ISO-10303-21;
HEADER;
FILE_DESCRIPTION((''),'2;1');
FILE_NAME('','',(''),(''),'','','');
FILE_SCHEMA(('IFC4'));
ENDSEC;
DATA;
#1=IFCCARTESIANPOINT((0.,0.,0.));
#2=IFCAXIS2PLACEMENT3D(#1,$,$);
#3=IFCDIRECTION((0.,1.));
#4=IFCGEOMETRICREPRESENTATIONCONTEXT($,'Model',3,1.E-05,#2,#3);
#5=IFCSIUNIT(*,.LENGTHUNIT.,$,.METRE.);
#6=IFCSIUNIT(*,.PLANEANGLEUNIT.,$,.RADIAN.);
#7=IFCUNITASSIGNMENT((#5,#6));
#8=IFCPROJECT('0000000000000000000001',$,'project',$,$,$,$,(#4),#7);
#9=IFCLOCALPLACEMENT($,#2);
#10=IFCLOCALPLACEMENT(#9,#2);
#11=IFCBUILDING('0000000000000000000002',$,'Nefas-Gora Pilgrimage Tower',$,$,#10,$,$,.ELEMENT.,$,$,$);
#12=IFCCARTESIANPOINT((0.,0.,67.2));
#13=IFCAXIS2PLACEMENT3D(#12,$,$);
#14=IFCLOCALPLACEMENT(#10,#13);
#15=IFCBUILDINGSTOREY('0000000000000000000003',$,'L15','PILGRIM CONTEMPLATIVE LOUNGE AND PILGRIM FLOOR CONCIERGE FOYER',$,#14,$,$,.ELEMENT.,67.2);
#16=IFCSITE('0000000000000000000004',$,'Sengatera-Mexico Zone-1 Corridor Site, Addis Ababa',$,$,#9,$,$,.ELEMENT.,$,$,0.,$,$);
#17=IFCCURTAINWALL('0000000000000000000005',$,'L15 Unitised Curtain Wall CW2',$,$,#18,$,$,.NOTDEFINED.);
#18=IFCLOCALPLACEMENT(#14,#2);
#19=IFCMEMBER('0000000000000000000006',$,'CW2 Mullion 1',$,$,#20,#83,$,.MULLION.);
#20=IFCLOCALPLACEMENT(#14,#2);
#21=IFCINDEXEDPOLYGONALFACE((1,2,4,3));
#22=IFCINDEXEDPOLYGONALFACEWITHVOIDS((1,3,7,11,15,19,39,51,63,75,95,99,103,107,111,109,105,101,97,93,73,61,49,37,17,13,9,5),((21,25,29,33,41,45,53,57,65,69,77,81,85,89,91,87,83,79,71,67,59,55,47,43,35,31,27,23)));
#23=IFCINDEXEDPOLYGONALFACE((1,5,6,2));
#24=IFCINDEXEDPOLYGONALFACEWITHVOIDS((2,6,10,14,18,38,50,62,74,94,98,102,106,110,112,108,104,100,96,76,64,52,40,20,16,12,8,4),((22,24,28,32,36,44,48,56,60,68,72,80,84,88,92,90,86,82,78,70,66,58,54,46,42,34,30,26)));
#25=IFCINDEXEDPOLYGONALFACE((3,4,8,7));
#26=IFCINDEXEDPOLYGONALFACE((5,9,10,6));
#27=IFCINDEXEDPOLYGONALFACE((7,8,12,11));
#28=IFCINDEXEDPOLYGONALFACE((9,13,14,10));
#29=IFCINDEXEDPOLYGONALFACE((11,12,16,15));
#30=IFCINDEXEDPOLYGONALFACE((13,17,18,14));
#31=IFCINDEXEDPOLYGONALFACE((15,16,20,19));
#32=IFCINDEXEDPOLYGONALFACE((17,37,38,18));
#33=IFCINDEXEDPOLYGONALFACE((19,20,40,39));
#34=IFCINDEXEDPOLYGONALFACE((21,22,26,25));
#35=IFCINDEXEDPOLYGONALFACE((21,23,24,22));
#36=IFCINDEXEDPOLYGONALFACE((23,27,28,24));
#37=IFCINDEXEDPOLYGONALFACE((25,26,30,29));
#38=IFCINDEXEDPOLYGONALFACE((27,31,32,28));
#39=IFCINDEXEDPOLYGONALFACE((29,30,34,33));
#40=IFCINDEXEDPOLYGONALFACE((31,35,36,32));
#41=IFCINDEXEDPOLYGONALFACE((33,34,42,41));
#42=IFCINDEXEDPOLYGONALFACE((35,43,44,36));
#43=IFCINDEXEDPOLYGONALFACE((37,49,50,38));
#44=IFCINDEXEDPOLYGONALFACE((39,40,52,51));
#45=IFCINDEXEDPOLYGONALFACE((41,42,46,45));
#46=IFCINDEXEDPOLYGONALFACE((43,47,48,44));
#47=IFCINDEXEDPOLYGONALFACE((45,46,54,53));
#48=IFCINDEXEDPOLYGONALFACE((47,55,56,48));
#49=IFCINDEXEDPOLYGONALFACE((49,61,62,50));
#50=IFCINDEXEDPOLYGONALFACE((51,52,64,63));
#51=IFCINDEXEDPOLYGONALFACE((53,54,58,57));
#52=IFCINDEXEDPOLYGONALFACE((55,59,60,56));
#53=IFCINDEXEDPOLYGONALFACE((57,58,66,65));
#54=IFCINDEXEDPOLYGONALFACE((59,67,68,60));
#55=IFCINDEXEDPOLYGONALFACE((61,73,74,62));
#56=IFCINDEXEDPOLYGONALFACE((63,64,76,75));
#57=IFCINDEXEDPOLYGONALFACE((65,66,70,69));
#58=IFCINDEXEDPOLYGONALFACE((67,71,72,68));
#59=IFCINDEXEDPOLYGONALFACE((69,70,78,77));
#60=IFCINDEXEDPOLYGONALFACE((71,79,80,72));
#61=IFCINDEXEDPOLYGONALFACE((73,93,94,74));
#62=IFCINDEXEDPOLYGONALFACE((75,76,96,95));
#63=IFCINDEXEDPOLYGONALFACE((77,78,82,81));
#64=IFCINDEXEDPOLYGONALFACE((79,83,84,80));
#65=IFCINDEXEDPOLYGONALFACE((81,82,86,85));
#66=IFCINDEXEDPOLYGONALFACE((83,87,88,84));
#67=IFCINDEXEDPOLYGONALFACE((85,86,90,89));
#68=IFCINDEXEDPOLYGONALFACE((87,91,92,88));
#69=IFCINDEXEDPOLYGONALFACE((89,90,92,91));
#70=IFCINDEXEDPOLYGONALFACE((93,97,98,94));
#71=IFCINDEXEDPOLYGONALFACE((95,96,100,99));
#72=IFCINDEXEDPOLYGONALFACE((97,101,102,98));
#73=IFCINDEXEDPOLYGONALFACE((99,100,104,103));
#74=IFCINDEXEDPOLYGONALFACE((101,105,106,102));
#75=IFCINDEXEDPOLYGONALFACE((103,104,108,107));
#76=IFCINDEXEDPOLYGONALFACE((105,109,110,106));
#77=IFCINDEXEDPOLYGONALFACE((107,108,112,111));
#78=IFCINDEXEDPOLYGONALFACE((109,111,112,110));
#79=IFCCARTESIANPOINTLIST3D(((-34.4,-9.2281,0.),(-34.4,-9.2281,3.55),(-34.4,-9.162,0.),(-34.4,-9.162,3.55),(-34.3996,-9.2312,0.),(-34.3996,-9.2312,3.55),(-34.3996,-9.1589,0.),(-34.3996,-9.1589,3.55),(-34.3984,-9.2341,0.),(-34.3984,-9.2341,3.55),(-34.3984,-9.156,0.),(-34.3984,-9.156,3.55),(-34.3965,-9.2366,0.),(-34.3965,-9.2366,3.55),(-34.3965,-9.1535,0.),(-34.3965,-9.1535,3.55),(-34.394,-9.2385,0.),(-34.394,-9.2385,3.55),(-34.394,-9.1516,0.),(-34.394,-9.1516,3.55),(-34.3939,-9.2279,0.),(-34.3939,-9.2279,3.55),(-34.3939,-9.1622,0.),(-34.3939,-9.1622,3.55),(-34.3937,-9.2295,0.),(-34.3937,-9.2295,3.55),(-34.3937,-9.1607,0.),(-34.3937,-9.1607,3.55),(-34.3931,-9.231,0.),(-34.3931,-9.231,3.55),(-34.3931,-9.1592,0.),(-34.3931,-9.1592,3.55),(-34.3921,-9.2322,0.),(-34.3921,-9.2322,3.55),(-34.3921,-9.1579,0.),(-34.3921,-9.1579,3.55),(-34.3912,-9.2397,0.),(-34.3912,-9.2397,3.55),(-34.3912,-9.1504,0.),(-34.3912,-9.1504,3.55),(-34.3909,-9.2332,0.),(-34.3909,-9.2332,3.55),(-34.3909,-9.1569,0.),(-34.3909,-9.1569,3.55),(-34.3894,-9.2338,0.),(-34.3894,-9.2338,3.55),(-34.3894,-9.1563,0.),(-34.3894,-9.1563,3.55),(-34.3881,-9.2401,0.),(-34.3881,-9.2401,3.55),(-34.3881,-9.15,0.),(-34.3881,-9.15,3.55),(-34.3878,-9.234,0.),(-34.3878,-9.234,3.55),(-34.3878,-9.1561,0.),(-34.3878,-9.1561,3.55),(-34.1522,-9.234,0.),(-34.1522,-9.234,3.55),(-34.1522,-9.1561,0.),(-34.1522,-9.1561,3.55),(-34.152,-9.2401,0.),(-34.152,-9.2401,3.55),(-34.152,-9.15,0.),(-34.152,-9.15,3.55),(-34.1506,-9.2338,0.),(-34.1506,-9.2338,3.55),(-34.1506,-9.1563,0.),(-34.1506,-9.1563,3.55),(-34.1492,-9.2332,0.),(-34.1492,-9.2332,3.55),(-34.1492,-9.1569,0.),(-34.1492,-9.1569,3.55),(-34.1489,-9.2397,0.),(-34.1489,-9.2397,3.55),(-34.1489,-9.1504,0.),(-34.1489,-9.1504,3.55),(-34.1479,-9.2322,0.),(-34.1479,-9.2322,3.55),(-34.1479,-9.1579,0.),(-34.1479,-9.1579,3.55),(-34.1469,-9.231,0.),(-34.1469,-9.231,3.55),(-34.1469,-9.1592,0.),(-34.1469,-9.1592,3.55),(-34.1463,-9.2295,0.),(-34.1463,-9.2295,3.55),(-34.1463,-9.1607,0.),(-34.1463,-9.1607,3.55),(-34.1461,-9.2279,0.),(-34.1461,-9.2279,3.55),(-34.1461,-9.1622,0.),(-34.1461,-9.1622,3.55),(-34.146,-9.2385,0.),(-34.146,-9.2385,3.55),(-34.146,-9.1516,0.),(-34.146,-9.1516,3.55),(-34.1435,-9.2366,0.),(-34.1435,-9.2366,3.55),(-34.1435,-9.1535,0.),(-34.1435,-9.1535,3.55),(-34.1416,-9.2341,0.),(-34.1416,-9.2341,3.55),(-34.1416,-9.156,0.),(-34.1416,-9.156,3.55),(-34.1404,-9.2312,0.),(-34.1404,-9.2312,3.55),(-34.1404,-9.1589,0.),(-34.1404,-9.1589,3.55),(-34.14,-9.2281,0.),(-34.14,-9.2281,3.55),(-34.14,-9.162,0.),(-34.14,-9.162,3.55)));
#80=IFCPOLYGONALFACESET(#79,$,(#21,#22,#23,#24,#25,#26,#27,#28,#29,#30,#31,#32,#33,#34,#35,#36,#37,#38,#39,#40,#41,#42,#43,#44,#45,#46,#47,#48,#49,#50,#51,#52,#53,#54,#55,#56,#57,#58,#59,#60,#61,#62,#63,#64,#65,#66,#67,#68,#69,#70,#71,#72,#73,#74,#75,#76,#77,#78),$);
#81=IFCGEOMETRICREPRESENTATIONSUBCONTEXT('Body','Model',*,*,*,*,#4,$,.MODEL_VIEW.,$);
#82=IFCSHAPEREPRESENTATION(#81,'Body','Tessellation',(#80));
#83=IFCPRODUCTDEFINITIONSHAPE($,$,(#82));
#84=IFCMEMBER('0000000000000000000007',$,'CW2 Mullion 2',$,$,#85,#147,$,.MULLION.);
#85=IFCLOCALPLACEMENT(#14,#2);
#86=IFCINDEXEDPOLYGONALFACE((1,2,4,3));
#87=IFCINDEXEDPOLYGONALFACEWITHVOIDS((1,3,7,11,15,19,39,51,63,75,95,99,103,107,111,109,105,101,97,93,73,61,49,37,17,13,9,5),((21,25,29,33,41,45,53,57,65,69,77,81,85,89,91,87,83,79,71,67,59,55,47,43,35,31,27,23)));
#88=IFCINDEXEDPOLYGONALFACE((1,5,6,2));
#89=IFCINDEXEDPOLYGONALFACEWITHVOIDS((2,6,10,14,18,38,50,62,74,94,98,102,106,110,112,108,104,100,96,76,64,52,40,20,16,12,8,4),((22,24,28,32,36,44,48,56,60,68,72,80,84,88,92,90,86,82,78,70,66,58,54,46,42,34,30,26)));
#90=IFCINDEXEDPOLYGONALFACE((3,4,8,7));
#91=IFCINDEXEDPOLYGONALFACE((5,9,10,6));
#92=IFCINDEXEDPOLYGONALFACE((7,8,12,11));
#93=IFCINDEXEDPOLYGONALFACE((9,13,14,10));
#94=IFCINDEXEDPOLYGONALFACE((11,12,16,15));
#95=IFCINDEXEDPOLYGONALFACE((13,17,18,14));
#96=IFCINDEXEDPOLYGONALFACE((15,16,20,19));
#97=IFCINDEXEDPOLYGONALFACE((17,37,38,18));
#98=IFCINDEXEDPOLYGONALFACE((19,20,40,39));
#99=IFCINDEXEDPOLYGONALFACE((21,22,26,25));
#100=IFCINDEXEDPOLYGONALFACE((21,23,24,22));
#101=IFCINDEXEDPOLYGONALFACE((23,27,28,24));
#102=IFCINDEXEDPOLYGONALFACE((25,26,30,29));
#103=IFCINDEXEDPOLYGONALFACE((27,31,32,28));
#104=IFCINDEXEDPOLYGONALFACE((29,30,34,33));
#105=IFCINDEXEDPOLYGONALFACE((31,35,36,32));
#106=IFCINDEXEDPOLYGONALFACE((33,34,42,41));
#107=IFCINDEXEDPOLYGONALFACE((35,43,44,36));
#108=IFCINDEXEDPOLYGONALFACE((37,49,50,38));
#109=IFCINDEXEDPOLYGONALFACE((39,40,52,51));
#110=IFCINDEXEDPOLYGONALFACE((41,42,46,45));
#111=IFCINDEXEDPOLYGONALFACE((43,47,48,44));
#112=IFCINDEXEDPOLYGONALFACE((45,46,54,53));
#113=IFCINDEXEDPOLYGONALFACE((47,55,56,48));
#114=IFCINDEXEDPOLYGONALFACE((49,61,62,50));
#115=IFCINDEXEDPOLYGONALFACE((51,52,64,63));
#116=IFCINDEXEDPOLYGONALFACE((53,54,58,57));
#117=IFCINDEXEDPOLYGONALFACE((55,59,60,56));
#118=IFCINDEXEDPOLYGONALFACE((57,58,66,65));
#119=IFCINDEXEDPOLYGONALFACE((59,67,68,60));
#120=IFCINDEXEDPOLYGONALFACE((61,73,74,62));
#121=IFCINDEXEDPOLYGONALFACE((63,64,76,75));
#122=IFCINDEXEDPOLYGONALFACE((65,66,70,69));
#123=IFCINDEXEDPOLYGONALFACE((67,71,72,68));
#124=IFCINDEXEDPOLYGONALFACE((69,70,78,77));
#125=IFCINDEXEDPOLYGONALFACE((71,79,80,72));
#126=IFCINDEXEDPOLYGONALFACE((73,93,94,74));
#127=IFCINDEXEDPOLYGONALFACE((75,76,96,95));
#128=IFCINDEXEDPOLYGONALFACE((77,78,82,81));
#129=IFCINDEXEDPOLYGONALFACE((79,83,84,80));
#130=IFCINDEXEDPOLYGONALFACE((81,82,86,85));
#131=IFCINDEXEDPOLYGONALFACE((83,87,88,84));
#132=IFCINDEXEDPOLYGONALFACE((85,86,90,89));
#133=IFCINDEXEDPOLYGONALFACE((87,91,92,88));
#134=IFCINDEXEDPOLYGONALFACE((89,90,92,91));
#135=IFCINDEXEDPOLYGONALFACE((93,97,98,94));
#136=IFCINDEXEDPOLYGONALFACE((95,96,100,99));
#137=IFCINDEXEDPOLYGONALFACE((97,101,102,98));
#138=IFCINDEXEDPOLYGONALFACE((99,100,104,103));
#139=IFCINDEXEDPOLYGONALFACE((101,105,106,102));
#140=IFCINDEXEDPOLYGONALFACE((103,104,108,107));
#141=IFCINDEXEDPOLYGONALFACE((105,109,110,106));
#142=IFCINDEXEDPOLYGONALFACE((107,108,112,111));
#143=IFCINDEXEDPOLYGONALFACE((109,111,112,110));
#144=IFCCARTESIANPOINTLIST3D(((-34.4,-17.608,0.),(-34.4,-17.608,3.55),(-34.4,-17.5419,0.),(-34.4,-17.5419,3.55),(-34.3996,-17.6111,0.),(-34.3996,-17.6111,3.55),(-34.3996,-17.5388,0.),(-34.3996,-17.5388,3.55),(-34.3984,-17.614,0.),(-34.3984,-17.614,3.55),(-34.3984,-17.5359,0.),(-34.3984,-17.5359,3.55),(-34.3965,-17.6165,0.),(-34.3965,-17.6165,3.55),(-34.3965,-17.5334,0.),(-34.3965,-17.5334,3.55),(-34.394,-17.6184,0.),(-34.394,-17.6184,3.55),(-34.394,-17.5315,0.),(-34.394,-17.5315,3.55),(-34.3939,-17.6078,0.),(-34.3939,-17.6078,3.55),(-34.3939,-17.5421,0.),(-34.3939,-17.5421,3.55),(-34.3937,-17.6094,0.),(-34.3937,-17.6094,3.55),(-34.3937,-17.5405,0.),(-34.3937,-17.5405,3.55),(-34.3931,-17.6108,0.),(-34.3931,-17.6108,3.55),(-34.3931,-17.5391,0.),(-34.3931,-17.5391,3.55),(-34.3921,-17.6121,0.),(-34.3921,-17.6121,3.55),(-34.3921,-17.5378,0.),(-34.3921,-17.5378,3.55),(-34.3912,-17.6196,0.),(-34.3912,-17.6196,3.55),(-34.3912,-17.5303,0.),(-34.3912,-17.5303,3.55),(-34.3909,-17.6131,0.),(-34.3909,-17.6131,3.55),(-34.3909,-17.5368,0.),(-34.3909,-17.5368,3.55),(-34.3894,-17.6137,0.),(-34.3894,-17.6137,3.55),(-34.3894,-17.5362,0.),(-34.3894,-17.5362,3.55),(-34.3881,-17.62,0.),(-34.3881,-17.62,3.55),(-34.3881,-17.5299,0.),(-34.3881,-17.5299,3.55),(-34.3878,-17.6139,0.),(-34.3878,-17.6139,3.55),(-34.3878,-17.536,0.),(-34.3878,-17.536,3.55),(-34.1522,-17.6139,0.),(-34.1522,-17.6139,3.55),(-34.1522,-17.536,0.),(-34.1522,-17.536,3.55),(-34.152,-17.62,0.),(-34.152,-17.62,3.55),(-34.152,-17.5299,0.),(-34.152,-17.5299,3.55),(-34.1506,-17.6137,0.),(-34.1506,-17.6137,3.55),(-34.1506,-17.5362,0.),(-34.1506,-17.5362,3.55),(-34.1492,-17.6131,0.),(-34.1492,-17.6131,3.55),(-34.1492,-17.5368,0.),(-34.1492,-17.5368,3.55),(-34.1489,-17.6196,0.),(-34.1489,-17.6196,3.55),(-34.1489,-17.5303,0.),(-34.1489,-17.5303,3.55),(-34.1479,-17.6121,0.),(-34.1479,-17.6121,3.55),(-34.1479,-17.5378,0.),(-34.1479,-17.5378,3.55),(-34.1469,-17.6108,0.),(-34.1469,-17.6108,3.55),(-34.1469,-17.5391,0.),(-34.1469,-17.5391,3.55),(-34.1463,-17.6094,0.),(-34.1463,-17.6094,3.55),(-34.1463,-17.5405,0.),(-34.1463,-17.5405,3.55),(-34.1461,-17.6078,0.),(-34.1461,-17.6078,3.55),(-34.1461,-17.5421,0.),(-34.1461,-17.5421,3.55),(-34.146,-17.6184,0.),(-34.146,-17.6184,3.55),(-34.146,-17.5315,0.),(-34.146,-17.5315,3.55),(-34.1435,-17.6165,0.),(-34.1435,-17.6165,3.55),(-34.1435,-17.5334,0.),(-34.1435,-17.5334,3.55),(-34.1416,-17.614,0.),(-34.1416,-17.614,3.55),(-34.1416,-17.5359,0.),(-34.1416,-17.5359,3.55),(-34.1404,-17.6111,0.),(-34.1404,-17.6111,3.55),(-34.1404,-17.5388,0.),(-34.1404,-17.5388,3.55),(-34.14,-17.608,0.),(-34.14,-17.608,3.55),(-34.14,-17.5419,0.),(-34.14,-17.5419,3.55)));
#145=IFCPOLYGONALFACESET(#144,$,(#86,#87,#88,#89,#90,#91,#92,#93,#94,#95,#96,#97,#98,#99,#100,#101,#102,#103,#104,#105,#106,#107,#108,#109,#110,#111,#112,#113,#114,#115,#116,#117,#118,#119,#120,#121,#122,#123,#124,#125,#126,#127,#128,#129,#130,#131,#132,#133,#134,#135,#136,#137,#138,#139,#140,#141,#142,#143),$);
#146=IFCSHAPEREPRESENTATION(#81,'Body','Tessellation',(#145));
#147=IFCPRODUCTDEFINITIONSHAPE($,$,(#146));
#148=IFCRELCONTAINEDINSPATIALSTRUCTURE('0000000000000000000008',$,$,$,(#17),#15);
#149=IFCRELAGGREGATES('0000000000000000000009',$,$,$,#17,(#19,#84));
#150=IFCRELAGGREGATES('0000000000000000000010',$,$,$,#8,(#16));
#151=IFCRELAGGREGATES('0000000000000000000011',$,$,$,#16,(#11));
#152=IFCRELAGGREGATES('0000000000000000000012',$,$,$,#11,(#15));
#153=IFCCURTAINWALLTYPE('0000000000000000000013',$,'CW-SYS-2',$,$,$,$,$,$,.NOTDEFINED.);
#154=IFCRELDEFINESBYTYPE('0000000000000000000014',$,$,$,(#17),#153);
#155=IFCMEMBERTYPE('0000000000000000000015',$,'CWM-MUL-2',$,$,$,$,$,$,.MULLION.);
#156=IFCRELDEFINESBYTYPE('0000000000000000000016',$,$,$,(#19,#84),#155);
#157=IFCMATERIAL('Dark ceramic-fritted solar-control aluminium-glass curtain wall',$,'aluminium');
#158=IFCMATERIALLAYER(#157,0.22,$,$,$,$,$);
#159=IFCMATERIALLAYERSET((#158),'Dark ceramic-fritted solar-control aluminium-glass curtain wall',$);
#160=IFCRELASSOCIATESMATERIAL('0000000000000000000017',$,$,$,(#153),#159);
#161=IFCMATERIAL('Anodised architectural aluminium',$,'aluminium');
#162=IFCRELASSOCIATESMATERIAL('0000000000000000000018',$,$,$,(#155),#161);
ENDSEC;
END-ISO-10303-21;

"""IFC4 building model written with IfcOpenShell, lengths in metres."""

from ifc_helpers import new_model, si_unit, direction, frame, origin, origin_2d, place, context, subcontext, project, spatial, hollow_rectangle, extrude, source, transform, mapped, material, layer, layer_set, material_profile, profile_set, type_object, element, aggregate, save


model = new_model("IFC4")

# Units and contexts
model_context = context("Model", 3, precision=1e-05, world=origin(), true_north=direction((0.0, 1.0)))
body_context = subcontext(model_context, "Body", "Model", "MODEL_VIEW")
ifc_project = project(units=[si_unit("LENGTHUNIT", "METRE"), si_unit("PLANEANGLEUNIT", "RADIAN")], contexts=[model_context])

# Site, building, storey
site_placement = place(None, origin())
site = spatial("IfcSite", under=ifc_project, at=site_placement, Name="Sengatera-Mexico Zone-1 Corridor Site, Addis Ababa", CompositionType="ELEMENT", RefElevation=0.0)
building_placement = place(site_placement, origin())
building = spatial("IfcBuilding", under=site, at=building_placement, Name="Nefas-Gora Pilgrimage Tower", CompositionType="ELEMENT")
storey_placement = place(building_placement, frame((0.0, 0.0, 67.2)))
storey = spatial("IfcBuildingStorey", under=building, at=storey_placement, Name="L15", Description="PILGRIM CONTEMPLATIVE LOUNGE AND PILGRIM FLOOR CONCIERGE FOYER", CompositionType="ELEMENT", Elevation=67.2)

# Curtain wall, members
ifc_material_1 = material(Name="Dark ceramic-fritted solar-control aluminium-glass curtain wall", Category="aluminium")
ifc_material_2 = material(Name="Anodised architectural aluminium", Category="aluminium")
ifc_layer_1 = layer(ifc_material_1, 0.22)
ifc_layer_set_1 = layer_set([ifc_layer_1], Name="Dark ceramic-fritted solar-control aluminium-glass curtain wall")
curtain_wall_type_1 = type_object("IfcCurtainWallType", Name="CW-SYS-2", PredefinedType="NOTDEFINED", material=ifc_layer_set_1)
curtain_wall_1_placement = place(storey_placement, origin())
curtain_wall_1 = element("IfcCurtainWall", 1, at=curtain_wall_1_placement, inside=storey, type_object=curtain_wall_type_1, Name="L15 Unitised Curtain Wall CW2", PredefinedType="NOTDEFINED")
ifc_material_profile_1 = material_profile(ifc_material_2, hollow_rectangle(XDim=0.0901, YDim=0.26, WallThickness=0.0061, InnerFilletRadius=0.0061, OuterFilletRadius=0.012, at=origin_2d()), Name="ALU MULLION 90x260")
ifc_profile_set_1 = profile_set([ifc_material_profile_1], Name="Anodised architectural aluminium")
member_type_1 = type_object("IfcMemberType", Name="CWM-MUL-2", PredefinedType="MULLION", material=ifc_profile_set_1)
shared_shape_1 = source(origin(), body_context, "Body", "SweptSolid", [
    extrude(hollow_rectangle(XDim=0.0901, YDim=0.26, WallThickness=0.0061, InnerFilletRadius=0.0061, OuterFilletRadius=0.012, at=origin_2d()), origin(), (0.0, 0.0, 1.0), 3.55),
])
member_1_placement = place(storey_placement, frame((-34.27, -9.1951, 0.0), z_axis=(0.0, 0.0, 1.0), x_axis=(0.0, -1.0, 0.0)))
member_1 = element("IfcMember", 2, at=member_1_placement, type_object=member_type_1, Name="CW2 Mullion 1", PredefinedType="MULLION", context=body_context, shape_type="MappedRepresentation", body=[
    mapped(shared_shape_1, transform((0.0, 0.0, 0.0), x_axis=(1.0, 0.0, 0.0), y_axis=(0.0, 1.0, 0.0), z_axis=(0.0, 0.0, 1.0), scale=1.0)),
])
member_2_placement = place(storey_placement, frame((-34.27, -17.575, 0.0), z_axis=(0.0, 0.0, 1.0), x_axis=(0.0, -1.0, 0.0)))
member_2 = element("IfcMember", 3, at=member_2_placement, type_object=member_type_1, Name="CW2 Mullion 2", PredefinedType="MULLION", context=body_context, shape_type="MappedRepresentation", body=[
    mapped(shared_shape_1, transform((0.0, 0.0, 0.0), x_axis=(1.0, 0.0, 0.0), y_axis=(0.0, 1.0, 0.0), z_axis=(0.0, 0.0, 1.0), scale=1.0)),
])

aggregate(curtain_wall_1, [member_1, member_2])

save(model, "model.ifc")
